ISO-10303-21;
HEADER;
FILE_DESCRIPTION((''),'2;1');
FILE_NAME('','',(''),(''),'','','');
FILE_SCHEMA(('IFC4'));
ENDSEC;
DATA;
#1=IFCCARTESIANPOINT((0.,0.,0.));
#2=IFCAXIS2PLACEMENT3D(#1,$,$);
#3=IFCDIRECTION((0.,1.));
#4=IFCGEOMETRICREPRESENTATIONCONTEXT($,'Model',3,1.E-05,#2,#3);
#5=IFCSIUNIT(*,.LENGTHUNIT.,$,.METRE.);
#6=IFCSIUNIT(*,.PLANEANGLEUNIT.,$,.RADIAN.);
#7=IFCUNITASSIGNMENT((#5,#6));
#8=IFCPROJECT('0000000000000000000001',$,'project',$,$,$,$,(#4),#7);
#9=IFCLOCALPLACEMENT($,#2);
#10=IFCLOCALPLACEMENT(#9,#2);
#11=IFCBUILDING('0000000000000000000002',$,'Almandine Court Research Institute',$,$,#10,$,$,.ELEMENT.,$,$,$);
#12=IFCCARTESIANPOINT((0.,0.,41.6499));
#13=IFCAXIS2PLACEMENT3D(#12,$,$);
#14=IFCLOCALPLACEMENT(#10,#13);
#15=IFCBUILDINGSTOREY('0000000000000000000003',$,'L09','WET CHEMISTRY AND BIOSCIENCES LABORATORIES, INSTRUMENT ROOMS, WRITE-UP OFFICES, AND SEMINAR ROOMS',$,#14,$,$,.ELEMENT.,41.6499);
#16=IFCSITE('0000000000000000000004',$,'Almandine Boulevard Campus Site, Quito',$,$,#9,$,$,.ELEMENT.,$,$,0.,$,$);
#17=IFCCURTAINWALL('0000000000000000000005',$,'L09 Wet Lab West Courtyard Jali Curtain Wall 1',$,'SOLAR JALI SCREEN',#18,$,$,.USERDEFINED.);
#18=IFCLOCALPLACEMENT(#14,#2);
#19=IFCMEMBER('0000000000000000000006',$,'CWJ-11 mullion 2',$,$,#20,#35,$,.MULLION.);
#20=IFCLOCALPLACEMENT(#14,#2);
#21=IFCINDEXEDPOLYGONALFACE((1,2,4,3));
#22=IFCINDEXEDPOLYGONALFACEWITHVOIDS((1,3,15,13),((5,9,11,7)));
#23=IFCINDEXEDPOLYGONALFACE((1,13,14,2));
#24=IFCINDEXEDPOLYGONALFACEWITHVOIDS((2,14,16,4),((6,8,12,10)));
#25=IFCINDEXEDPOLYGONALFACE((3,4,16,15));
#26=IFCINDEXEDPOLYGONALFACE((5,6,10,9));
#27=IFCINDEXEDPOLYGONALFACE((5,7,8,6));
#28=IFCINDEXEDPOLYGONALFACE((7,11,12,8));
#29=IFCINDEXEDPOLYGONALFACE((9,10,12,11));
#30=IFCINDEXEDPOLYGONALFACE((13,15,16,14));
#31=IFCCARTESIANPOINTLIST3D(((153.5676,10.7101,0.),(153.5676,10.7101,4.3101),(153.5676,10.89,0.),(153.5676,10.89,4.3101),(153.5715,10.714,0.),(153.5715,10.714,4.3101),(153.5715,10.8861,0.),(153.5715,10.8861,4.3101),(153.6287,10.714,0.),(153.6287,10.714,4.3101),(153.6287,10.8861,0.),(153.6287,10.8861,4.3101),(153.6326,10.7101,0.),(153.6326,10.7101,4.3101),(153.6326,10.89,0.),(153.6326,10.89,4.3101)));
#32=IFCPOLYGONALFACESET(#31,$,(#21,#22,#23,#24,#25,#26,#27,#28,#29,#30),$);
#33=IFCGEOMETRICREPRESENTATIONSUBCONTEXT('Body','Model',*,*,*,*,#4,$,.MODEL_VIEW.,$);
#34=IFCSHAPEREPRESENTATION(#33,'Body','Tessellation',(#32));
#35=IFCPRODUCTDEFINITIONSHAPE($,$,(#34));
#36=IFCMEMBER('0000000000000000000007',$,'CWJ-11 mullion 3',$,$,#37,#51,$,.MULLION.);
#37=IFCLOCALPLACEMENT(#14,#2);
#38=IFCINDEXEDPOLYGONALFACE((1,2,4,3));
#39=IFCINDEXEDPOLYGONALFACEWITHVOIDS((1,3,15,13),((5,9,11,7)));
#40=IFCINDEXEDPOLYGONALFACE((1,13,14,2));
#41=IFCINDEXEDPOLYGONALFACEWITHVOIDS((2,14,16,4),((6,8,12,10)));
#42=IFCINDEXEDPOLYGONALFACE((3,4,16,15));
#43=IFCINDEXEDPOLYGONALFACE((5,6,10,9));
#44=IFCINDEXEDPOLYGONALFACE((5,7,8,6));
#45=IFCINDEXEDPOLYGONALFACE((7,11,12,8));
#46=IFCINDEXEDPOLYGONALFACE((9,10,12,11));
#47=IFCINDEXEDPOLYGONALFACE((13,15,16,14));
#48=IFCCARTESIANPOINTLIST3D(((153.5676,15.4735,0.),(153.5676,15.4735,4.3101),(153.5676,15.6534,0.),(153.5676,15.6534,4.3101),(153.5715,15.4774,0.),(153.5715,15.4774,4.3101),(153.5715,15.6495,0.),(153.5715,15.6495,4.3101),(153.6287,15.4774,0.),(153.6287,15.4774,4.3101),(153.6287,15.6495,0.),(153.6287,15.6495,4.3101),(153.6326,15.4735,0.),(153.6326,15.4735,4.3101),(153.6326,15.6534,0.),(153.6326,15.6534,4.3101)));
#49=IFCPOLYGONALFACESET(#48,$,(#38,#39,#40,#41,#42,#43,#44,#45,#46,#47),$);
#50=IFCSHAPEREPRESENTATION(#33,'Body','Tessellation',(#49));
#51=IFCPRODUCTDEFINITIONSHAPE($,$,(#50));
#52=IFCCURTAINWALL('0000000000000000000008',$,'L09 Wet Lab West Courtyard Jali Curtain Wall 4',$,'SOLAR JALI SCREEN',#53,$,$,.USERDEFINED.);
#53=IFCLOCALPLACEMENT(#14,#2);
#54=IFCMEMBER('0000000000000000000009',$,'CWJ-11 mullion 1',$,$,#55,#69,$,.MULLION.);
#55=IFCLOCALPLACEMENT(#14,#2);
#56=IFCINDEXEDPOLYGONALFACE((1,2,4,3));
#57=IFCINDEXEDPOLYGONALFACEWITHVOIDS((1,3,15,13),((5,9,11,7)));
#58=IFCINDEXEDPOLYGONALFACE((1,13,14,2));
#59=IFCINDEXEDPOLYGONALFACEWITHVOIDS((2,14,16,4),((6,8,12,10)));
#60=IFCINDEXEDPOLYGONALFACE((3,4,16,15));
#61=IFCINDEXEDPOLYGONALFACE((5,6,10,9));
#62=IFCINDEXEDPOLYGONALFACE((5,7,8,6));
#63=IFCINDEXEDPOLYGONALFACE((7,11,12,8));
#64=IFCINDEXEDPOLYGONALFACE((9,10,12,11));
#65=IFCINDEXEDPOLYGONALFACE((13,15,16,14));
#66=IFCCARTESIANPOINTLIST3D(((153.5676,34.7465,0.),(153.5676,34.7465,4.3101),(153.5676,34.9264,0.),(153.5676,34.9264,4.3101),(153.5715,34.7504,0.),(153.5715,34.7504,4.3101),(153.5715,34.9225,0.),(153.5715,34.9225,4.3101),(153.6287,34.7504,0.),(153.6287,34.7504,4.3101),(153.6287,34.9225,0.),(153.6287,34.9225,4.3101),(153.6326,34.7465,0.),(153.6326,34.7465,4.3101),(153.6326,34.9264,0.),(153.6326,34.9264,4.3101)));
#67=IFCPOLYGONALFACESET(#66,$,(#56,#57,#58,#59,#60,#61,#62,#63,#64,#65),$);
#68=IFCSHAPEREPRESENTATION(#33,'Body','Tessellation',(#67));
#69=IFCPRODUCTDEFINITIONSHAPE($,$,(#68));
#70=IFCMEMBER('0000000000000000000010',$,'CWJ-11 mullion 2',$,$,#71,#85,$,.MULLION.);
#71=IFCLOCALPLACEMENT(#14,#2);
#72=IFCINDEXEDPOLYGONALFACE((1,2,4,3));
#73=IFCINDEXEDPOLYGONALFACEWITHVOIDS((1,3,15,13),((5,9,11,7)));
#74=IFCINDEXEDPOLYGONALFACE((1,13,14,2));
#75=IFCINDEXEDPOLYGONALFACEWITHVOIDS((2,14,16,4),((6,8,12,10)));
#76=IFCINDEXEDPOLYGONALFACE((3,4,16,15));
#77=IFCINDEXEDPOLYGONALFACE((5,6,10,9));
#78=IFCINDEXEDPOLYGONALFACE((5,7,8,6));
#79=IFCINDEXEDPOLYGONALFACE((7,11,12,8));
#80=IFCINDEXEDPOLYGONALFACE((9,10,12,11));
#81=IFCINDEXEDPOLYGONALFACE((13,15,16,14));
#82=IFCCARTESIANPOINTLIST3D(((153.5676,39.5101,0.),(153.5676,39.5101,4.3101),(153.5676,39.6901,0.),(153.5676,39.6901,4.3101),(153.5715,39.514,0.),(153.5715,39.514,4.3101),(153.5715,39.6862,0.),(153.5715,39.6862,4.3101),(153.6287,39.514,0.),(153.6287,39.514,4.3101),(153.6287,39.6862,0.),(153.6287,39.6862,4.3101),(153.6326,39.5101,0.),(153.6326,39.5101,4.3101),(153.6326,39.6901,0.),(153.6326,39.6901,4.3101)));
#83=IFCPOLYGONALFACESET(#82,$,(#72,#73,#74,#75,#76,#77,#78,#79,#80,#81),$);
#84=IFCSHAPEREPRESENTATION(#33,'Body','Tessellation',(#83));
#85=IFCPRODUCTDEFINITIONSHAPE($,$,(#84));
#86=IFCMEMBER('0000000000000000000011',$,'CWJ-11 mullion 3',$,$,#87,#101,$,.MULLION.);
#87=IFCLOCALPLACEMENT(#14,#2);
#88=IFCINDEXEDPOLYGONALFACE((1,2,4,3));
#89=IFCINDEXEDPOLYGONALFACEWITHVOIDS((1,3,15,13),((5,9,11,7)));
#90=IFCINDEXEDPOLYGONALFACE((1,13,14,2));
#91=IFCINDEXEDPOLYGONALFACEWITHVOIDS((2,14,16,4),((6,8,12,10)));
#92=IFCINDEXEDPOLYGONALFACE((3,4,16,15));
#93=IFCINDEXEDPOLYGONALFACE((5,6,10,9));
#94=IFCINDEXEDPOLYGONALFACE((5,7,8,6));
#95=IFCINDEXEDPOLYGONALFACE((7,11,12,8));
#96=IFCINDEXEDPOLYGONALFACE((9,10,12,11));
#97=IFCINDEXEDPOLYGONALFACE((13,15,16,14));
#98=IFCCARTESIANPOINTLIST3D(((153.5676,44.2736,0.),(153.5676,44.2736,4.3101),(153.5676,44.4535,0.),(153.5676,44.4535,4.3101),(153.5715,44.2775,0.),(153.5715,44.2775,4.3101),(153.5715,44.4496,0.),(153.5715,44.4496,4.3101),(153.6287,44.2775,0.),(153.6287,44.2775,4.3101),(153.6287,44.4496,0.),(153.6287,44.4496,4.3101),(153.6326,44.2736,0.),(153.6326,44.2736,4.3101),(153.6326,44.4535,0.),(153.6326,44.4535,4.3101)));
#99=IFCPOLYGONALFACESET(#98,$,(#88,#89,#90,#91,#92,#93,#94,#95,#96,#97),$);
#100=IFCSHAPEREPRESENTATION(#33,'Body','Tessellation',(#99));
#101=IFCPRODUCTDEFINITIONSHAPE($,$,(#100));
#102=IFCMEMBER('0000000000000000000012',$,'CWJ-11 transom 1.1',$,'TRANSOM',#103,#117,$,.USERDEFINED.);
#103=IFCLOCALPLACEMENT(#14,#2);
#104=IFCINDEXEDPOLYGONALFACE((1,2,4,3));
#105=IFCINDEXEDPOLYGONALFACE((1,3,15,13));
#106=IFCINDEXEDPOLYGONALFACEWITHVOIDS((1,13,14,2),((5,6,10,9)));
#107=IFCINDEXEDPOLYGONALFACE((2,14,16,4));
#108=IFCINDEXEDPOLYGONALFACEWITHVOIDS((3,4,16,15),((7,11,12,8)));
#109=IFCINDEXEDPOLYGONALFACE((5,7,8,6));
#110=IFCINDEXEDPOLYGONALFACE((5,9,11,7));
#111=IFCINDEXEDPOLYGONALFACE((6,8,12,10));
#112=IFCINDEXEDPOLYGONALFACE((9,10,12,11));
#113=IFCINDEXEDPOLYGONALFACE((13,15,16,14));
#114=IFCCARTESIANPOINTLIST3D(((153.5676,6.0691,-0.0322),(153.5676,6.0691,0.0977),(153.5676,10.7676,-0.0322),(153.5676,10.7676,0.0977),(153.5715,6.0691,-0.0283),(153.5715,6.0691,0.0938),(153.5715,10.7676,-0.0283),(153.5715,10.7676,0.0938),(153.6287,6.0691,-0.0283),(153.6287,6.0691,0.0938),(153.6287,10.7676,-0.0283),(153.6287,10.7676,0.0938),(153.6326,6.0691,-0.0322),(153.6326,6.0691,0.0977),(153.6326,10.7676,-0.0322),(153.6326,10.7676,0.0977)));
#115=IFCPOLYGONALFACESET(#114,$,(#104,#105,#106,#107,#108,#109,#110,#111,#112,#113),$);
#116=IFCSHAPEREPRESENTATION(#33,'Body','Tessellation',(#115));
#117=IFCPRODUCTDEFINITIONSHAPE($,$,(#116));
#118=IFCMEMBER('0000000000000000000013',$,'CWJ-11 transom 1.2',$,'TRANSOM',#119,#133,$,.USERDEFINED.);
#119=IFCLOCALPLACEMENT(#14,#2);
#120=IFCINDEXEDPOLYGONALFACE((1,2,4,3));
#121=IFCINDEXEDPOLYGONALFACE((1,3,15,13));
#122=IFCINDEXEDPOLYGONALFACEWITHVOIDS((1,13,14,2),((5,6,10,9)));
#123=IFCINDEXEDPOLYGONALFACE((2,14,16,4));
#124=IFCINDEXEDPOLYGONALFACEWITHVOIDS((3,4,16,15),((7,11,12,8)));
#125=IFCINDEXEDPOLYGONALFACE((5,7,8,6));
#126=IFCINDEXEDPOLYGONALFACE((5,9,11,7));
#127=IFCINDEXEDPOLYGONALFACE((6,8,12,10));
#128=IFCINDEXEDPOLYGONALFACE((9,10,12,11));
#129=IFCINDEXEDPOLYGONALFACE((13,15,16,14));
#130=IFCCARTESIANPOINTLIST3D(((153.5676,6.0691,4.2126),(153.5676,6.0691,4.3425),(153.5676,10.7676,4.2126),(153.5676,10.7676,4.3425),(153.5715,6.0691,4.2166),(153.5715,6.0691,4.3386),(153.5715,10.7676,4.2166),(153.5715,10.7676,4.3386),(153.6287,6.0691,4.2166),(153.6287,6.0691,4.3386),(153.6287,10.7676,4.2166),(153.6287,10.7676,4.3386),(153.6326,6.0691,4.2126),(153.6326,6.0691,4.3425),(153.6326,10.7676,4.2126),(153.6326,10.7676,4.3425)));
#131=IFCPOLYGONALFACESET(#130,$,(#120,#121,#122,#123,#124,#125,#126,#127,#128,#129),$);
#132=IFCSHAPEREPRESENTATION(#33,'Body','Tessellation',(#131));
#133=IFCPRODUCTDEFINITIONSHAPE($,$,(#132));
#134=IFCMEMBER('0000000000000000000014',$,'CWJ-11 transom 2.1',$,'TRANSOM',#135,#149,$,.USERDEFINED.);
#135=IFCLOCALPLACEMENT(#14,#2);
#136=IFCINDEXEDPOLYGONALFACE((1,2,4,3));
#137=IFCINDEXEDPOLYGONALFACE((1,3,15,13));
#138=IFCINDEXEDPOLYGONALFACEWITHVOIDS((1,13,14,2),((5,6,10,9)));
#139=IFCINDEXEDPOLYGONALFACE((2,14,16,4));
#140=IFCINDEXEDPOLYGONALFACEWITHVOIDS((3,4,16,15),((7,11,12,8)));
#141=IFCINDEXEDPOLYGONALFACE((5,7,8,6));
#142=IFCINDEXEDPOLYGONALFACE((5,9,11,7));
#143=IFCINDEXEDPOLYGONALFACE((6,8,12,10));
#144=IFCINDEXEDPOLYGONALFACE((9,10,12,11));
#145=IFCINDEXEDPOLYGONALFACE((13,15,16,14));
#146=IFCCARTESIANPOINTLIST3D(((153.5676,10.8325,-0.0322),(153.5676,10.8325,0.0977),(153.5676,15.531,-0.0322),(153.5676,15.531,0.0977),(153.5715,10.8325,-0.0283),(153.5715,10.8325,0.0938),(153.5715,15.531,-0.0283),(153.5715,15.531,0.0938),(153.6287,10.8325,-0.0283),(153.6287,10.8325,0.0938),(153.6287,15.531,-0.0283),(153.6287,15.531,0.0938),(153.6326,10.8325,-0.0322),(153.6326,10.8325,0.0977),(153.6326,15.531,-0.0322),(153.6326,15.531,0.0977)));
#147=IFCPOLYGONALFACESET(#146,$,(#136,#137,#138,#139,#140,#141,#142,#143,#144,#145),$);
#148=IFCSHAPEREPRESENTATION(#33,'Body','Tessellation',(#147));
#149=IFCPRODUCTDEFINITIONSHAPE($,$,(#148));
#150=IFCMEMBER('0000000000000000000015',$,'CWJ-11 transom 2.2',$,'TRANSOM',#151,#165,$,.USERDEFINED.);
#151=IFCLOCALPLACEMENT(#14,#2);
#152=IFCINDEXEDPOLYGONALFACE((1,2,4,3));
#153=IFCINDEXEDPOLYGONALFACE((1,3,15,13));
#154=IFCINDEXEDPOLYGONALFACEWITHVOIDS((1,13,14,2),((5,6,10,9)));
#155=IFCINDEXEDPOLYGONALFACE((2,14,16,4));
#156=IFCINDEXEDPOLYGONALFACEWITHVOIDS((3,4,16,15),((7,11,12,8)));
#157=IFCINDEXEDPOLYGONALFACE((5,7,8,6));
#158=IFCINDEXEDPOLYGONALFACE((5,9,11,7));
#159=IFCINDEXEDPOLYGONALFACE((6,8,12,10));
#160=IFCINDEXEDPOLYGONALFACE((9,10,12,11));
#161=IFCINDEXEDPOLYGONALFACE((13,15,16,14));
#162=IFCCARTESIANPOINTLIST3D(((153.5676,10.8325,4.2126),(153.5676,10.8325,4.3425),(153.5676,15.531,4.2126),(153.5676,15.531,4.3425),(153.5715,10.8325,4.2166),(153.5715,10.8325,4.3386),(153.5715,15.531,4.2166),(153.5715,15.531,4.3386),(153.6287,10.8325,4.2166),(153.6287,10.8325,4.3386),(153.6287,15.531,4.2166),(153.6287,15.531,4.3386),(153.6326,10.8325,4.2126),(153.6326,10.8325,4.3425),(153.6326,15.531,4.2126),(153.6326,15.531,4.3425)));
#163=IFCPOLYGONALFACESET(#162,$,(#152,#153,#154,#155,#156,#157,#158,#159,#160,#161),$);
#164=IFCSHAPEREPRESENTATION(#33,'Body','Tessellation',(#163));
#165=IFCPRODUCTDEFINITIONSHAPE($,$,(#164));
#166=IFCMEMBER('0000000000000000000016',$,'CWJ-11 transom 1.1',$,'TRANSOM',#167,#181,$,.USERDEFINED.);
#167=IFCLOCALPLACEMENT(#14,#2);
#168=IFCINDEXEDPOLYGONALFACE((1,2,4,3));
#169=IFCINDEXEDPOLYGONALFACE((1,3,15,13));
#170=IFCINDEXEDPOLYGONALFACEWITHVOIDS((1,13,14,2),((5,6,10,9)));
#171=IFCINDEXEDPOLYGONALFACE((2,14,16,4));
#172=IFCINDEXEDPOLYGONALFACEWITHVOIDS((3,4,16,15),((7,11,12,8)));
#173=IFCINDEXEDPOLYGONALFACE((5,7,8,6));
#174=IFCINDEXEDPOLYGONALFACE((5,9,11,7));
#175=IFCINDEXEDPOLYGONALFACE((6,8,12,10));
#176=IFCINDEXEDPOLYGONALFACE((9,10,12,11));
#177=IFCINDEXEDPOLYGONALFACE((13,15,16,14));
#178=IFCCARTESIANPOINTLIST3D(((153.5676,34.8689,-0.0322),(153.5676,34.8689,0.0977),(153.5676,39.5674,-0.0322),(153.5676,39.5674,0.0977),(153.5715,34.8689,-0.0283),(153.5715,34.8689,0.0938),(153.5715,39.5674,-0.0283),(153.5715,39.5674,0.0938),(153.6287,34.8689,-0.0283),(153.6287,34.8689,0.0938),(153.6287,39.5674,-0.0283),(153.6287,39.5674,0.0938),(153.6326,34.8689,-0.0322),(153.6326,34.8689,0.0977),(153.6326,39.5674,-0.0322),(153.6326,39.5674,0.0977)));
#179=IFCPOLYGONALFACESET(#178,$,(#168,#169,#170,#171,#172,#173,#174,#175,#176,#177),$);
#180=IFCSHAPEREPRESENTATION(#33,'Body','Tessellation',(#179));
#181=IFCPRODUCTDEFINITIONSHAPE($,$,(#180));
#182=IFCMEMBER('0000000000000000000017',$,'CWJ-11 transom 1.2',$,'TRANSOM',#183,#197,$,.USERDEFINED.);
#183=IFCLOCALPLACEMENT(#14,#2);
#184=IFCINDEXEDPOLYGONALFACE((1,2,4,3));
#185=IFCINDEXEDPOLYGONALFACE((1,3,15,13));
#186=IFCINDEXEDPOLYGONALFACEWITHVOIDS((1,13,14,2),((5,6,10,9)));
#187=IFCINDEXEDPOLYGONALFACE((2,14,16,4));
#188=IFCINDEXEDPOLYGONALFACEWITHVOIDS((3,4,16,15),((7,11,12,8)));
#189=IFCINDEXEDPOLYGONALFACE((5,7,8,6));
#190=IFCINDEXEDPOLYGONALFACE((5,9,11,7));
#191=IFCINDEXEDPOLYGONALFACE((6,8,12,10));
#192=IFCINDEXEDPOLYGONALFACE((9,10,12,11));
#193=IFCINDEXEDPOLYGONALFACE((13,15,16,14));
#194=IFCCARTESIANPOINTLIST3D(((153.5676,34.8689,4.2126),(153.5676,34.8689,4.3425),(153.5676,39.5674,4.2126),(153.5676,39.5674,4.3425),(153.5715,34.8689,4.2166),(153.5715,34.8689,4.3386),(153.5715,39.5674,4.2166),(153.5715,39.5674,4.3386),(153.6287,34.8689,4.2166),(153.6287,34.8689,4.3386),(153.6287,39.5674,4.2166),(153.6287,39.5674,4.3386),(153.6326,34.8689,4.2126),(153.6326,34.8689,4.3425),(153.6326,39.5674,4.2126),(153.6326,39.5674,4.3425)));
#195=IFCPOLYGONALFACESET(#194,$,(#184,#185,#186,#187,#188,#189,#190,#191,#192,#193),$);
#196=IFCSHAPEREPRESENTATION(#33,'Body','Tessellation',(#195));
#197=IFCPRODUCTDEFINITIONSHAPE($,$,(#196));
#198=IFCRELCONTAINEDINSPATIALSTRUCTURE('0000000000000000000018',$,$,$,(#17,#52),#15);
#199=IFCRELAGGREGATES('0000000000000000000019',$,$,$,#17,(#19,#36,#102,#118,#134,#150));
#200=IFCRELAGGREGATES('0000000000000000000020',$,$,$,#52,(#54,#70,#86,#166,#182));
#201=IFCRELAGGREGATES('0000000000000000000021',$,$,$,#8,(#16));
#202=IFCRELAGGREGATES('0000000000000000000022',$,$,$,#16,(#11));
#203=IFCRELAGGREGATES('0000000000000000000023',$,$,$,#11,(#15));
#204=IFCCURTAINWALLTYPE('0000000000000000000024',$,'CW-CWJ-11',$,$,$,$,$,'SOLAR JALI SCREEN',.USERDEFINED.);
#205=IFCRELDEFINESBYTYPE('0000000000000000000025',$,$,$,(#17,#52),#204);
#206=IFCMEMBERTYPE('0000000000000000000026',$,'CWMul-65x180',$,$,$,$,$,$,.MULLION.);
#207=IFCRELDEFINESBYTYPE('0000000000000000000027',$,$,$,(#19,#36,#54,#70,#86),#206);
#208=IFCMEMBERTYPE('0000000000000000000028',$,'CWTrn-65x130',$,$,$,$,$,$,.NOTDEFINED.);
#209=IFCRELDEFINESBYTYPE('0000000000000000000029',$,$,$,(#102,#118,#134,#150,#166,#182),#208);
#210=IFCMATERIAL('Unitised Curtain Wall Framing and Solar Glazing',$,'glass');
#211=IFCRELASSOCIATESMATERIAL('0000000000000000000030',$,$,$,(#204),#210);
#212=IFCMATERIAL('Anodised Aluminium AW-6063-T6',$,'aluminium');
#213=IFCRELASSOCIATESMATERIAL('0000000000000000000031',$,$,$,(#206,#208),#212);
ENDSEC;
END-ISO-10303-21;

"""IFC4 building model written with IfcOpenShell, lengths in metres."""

from ifc_helpers import new_model, si_unit, direction, frame, origin, origin_2d, place, context, subcontext, project, spatial, hollow_rectangle, extrude, material, material_profile, profile_set, type_object, element, aggregate, save


model = new_model("IFC4")

# Units and contexts
model_context = context("Model", 3, precision=1e-05, world=origin(), true_north=direction((0.0, 1.0)))
body_context = subcontext(model_context, "Body", "Model", "MODEL_VIEW")
ifc_project = project(units=[si_unit("LENGTHUNIT", "METRE"), si_unit("PLANEANGLEUNIT", "RADIAN")], contexts=[model_context])

# Site, building, storey
site_placement = place(None, origin())
site = spatial("IfcSite", under=ifc_project, at=site_placement, Name="Almandine Boulevard Campus Site, Quito", CompositionType="ELEMENT", RefElevation=0.0)
building_placement = place(site_placement, origin())
building = spatial("IfcBuilding", under=site, at=building_placement, Name="Almandine Court Research Institute", CompositionType="ELEMENT")
storey_placement = place(building_placement, frame((0.0, 0.0, 41.6499)))
storey = spatial("IfcBuildingStorey", under=building, at=storey_placement, Name="L09", Description="WET CHEMISTRY AND BIOSCIENCES LABORATORIES, INSTRUMENT ROOMS, WRITE-UP OFFICES, AND SEMINAR ROOMS", CompositionType="ELEMENT", Elevation=41.6499)

# Curtain walls, members
ifc_material_1 = material(Name="Unitised Curtain Wall Framing and Solar Glazing", Category="glass")
curtain_wall_type = type_object("IfcCurtainWallType", Name="CW-CWJ-11", ElementType="SOLAR JALI SCREEN", PredefinedType="USERDEFINED", material=ifc_material_1)
curtain_wall_1_placement = place(storey_placement, origin())
curtain_wall_1 = element("IfcCurtainWall", 1, at=curtain_wall_1_placement, inside=storey, type_object=curtain_wall_type, Name="L09 Wet Lab West Courtyard Jali Curtain Wall 1", ObjectType="SOLAR JALI SCREEN", PredefinedType="USERDEFINED")
ifc_material_2 = material(Name="Anodised Aluminium AW-6063-T6", Category="aluminium")
ifc_material_profile_1 = material_profile(ifc_material_2, hollow_rectangle(XDim=0.0649, YDim=0.1799, WallThickness=0.0039, at=origin_2d()), Name="ALU RHS 65x180x4")
ifc_profile_set_1 = profile_set([ifc_material_profile_1], Name="Anodised Aluminium AW-6063-T6")
member_type_1 = type_object("IfcMemberType", Name="CWMul-65x180", PredefinedType="MULLION", material=ifc_profile_set_1)
member_1_placement = place(storey_placement, frame((153.6001, 10.8, 0.0), z_axis=(0.0, 0.0, 1.0), x_axis=(-1.0, 0.0, 0.0)))
member_1 = element("IfcMember", 2, at=member_1_placement, type_object=member_type_1, Name="CWJ-11 mullion 2", PredefinedType="MULLION", context=body_context, shape_type="SweptSolid", body=[
    extrude(hollow_rectangle(XDim=0.0649, YDim=0.1799, WallThickness=0.0039, at=origin_2d()), origin(), (0.0, 0.0, 1.0), 4.3101),
])
member_2_placement = place(storey_placement, frame((153.6001, 15.5635, 0.0), z_axis=(0.0, 0.0, 1.0), x_axis=(-1.0, 0.0, 0.0)))
member_2 = element("IfcMember", 3, at=member_2_placement, type_object=member_type_1, Name="CWJ-11 mullion 3", PredefinedType="MULLION", context=body_context, shape_type="SweptSolid", body=[
    extrude(hollow_rectangle(XDim=0.0649, YDim=0.1799, WallThickness=0.0039, at=origin_2d()), origin(), (0.0, 0.0, 1.0), 4.3101),
])
curtain_wall_2_placement = place(storey_placement, origin())
curtain_wall_2 = element("IfcCurtainWall", 4, at=curtain_wall_2_placement, inside=storey, type_object=curtain_wall_type, Name="L09 Wet Lab West Courtyard Jali Curtain Wall 4", ObjectType="SOLAR JALI SCREEN", PredefinedType="USERDEFINED")
member_3_placement = place(storey_placement, frame((153.6001, 34.8364, 0.0), z_axis=(0.0, 0.0, 1.0), x_axis=(-1.0, 0.0, 0.0)))
member_3 = element("IfcMember", 5, at=member_3_placement, type_object=member_type_1, Name="CWJ-11 mullion 1", PredefinedType="MULLION", context=body_context, shape_type="SweptSolid", body=[
    extrude(hollow_rectangle(XDim=0.0649, YDim=0.1799, WallThickness=0.0039, at=origin_2d()), origin(), (0.0, 0.0, 1.0), 4.3101),
])
member_4_placement = place(storey_placement, frame((153.6001, 39.6001, 0.0), z_axis=(0.0, 0.0, 1.0), x_axis=(-1.0, 0.0, 0.0)))
member_4 = element("IfcMember", 6, at=member_4_placement, type_object=member_type_1, Name="CWJ-11 mullion 2", PredefinedType="MULLION", context=body_context, shape_type="SweptSolid", body=[
    extrude(hollow_rectangle(XDim=0.0649, YDim=0.1799, WallThickness=0.0039, at=origin_2d()), origin(), (0.0, 0.0, 1.0), 4.3101),
])
member_5_placement = place(storey_placement, frame((153.6001, 44.3635, 0.0), z_axis=(0.0, 0.0, 1.0), x_axis=(-1.0, 0.0, 0.0)))
member_5 = element("IfcMember", 7, at=member_5_placement, type_object=member_type_1, Name="CWJ-11 mullion 3", PredefinedType="MULLION", context=body_context, shape_type="SweptSolid", body=[
    extrude(hollow_rectangle(XDim=0.0649, YDim=0.1799, WallThickness=0.0039, at=origin_2d()), origin(), (0.0, 0.0, 1.0), 4.3101),
])

# Members
ifc_material_profile_2 = material_profile(ifc_material_2, hollow_rectangle(XDim=0.0649, YDim=0.1299, WallThickness=0.0039, at=origin_2d()), Name="ALU RHS 65x130x4")
ifc_profile_set_2 = profile_set([ifc_material_profile_2], Name="Anodised Aluminium AW-6063-T6")
member_type_2 = type_object("IfcMemberType", Name="CWTrn-65x130", PredefinedType="NOTDEFINED", material=ifc_profile_set_2)
member_6_placement = place(storey_placement, frame((153.6001, 6.0691, 0.0327), z_axis=(0.0, 1.0, 0.0), x_axis=(-1.0, 0.0, 0.0)))
member_6 = element("IfcMember", 8, at=member_6_placement, type_object=member_type_2, Name="CWJ-11 transom 1.1", ObjectType="TRANSOM", PredefinedType="USERDEFINED", context=body_context, shape_type="SweptSolid", body=[
    extrude(hollow_rectangle(XDim=0.0649, YDim=0.1299, WallThickness=0.0039, at=origin_2d()), origin(), (0.0, 0.0, 1.0), 4.6985),
])
member_7_placement = place(storey_placement, frame((153.6001, 6.0691, 4.2776), z_axis=(0.0, 1.0, 0.0), x_axis=(-1.0, 0.0, 0.0)))
member_7 = element("IfcMember", 9, at=member_7_placement, type_object=member_type_2, Name="CWJ-11 transom 1.2", ObjectType="TRANSOM", PredefinedType="USERDEFINED", context=body_context, shape_type="SweptSolid", body=[
    extrude(hollow_rectangle(XDim=0.0649, YDim=0.1299, WallThickness=0.0039, at=origin_2d()), origin(), (0.0, 0.0, 1.0), 4.6985),
])
member_8_placement = place(storey_placement, frame((153.6001, 10.8325, 0.0327), z_axis=(0.0, 1.0, 0.0), x_axis=(-1.0, 0.0, 0.0)))
member_8 = element("IfcMember", 10, at=member_8_placement, type_object=member_type_2, Name="CWJ-11 transom 2.1", ObjectType="TRANSOM", PredefinedType="USERDEFINED", context=body_context, shape_type="SweptSolid", body=[
    extrude(hollow_rectangle(XDim=0.0649, YDim=0.1299, WallThickness=0.0039, at=origin_2d()), origin(), (0.0, 0.0, 1.0), 4.6985),
])
member_9_placement = place(storey_placement, frame((153.6001, 10.8325, 4.2776), z_axis=(0.0, 1.0, 0.0), x_axis=(-1.0, 0.0, 0.0)))
member_9 = element("IfcMember", 11, at=member_9_placement, type_object=member_type_2, Name="CWJ-11 transom 2.2", ObjectType="TRANSOM", PredefinedType="USERDEFINED", context=body_context, shape_type="SweptSolid", body=[
    extrude(hollow_rectangle(XDim=0.0649, YDim=0.1299, WallThickness=0.0039, at=origin_2d()), origin(), (0.0, 0.0, 1.0), 4.6985),
])
member_10_placement = place(storey_placement, frame((153.6001, 34.8689, 0.0327), z_axis=(0.0, 1.0, 0.0), x_axis=(-1.0, 0.0, 0.0)))
member_10 = element("IfcMember", 12, at=member_10_placement, type_object=member_type_2, Name="CWJ-11 transom 1.1", ObjectType="TRANSOM", PredefinedType="USERDEFINED", context=body_context, shape_type="SweptSolid", body=[
    extrude(hollow_rectangle(XDim=0.0649, YDim=0.1299, WallThickness=0.0039, at=origin_2d()), origin(), (0.0, 0.0, 1.0), 4.6985),
])
member_11_placement = place(storey_placement, frame((153.6001, 34.8689, 4.2776), z_axis=(0.0, 1.0, 0.0), x_axis=(-1.0, 0.0, 0.0)))
member_11 = element("IfcMember", 13, at=member_11_placement, type_object=member_type_2, Name="CWJ-11 transom 1.2", ObjectType="TRANSOM", PredefinedType="USERDEFINED", context=body_context, shape_type="SweptSolid", body=[
    extrude(hollow_rectangle(XDim=0.0649, YDim=0.1299, WallThickness=0.0039, at=origin_2d()), origin(), (0.0, 0.0, 1.0), 4.6985),
])

aggregate(curtain_wall_1, [member_1, member_2, member_6, member_7, member_8, member_9])
aggregate(curtain_wall_2, [member_3, member_4, member_5, member_10, member_11])

save(model, "model.ifc")
